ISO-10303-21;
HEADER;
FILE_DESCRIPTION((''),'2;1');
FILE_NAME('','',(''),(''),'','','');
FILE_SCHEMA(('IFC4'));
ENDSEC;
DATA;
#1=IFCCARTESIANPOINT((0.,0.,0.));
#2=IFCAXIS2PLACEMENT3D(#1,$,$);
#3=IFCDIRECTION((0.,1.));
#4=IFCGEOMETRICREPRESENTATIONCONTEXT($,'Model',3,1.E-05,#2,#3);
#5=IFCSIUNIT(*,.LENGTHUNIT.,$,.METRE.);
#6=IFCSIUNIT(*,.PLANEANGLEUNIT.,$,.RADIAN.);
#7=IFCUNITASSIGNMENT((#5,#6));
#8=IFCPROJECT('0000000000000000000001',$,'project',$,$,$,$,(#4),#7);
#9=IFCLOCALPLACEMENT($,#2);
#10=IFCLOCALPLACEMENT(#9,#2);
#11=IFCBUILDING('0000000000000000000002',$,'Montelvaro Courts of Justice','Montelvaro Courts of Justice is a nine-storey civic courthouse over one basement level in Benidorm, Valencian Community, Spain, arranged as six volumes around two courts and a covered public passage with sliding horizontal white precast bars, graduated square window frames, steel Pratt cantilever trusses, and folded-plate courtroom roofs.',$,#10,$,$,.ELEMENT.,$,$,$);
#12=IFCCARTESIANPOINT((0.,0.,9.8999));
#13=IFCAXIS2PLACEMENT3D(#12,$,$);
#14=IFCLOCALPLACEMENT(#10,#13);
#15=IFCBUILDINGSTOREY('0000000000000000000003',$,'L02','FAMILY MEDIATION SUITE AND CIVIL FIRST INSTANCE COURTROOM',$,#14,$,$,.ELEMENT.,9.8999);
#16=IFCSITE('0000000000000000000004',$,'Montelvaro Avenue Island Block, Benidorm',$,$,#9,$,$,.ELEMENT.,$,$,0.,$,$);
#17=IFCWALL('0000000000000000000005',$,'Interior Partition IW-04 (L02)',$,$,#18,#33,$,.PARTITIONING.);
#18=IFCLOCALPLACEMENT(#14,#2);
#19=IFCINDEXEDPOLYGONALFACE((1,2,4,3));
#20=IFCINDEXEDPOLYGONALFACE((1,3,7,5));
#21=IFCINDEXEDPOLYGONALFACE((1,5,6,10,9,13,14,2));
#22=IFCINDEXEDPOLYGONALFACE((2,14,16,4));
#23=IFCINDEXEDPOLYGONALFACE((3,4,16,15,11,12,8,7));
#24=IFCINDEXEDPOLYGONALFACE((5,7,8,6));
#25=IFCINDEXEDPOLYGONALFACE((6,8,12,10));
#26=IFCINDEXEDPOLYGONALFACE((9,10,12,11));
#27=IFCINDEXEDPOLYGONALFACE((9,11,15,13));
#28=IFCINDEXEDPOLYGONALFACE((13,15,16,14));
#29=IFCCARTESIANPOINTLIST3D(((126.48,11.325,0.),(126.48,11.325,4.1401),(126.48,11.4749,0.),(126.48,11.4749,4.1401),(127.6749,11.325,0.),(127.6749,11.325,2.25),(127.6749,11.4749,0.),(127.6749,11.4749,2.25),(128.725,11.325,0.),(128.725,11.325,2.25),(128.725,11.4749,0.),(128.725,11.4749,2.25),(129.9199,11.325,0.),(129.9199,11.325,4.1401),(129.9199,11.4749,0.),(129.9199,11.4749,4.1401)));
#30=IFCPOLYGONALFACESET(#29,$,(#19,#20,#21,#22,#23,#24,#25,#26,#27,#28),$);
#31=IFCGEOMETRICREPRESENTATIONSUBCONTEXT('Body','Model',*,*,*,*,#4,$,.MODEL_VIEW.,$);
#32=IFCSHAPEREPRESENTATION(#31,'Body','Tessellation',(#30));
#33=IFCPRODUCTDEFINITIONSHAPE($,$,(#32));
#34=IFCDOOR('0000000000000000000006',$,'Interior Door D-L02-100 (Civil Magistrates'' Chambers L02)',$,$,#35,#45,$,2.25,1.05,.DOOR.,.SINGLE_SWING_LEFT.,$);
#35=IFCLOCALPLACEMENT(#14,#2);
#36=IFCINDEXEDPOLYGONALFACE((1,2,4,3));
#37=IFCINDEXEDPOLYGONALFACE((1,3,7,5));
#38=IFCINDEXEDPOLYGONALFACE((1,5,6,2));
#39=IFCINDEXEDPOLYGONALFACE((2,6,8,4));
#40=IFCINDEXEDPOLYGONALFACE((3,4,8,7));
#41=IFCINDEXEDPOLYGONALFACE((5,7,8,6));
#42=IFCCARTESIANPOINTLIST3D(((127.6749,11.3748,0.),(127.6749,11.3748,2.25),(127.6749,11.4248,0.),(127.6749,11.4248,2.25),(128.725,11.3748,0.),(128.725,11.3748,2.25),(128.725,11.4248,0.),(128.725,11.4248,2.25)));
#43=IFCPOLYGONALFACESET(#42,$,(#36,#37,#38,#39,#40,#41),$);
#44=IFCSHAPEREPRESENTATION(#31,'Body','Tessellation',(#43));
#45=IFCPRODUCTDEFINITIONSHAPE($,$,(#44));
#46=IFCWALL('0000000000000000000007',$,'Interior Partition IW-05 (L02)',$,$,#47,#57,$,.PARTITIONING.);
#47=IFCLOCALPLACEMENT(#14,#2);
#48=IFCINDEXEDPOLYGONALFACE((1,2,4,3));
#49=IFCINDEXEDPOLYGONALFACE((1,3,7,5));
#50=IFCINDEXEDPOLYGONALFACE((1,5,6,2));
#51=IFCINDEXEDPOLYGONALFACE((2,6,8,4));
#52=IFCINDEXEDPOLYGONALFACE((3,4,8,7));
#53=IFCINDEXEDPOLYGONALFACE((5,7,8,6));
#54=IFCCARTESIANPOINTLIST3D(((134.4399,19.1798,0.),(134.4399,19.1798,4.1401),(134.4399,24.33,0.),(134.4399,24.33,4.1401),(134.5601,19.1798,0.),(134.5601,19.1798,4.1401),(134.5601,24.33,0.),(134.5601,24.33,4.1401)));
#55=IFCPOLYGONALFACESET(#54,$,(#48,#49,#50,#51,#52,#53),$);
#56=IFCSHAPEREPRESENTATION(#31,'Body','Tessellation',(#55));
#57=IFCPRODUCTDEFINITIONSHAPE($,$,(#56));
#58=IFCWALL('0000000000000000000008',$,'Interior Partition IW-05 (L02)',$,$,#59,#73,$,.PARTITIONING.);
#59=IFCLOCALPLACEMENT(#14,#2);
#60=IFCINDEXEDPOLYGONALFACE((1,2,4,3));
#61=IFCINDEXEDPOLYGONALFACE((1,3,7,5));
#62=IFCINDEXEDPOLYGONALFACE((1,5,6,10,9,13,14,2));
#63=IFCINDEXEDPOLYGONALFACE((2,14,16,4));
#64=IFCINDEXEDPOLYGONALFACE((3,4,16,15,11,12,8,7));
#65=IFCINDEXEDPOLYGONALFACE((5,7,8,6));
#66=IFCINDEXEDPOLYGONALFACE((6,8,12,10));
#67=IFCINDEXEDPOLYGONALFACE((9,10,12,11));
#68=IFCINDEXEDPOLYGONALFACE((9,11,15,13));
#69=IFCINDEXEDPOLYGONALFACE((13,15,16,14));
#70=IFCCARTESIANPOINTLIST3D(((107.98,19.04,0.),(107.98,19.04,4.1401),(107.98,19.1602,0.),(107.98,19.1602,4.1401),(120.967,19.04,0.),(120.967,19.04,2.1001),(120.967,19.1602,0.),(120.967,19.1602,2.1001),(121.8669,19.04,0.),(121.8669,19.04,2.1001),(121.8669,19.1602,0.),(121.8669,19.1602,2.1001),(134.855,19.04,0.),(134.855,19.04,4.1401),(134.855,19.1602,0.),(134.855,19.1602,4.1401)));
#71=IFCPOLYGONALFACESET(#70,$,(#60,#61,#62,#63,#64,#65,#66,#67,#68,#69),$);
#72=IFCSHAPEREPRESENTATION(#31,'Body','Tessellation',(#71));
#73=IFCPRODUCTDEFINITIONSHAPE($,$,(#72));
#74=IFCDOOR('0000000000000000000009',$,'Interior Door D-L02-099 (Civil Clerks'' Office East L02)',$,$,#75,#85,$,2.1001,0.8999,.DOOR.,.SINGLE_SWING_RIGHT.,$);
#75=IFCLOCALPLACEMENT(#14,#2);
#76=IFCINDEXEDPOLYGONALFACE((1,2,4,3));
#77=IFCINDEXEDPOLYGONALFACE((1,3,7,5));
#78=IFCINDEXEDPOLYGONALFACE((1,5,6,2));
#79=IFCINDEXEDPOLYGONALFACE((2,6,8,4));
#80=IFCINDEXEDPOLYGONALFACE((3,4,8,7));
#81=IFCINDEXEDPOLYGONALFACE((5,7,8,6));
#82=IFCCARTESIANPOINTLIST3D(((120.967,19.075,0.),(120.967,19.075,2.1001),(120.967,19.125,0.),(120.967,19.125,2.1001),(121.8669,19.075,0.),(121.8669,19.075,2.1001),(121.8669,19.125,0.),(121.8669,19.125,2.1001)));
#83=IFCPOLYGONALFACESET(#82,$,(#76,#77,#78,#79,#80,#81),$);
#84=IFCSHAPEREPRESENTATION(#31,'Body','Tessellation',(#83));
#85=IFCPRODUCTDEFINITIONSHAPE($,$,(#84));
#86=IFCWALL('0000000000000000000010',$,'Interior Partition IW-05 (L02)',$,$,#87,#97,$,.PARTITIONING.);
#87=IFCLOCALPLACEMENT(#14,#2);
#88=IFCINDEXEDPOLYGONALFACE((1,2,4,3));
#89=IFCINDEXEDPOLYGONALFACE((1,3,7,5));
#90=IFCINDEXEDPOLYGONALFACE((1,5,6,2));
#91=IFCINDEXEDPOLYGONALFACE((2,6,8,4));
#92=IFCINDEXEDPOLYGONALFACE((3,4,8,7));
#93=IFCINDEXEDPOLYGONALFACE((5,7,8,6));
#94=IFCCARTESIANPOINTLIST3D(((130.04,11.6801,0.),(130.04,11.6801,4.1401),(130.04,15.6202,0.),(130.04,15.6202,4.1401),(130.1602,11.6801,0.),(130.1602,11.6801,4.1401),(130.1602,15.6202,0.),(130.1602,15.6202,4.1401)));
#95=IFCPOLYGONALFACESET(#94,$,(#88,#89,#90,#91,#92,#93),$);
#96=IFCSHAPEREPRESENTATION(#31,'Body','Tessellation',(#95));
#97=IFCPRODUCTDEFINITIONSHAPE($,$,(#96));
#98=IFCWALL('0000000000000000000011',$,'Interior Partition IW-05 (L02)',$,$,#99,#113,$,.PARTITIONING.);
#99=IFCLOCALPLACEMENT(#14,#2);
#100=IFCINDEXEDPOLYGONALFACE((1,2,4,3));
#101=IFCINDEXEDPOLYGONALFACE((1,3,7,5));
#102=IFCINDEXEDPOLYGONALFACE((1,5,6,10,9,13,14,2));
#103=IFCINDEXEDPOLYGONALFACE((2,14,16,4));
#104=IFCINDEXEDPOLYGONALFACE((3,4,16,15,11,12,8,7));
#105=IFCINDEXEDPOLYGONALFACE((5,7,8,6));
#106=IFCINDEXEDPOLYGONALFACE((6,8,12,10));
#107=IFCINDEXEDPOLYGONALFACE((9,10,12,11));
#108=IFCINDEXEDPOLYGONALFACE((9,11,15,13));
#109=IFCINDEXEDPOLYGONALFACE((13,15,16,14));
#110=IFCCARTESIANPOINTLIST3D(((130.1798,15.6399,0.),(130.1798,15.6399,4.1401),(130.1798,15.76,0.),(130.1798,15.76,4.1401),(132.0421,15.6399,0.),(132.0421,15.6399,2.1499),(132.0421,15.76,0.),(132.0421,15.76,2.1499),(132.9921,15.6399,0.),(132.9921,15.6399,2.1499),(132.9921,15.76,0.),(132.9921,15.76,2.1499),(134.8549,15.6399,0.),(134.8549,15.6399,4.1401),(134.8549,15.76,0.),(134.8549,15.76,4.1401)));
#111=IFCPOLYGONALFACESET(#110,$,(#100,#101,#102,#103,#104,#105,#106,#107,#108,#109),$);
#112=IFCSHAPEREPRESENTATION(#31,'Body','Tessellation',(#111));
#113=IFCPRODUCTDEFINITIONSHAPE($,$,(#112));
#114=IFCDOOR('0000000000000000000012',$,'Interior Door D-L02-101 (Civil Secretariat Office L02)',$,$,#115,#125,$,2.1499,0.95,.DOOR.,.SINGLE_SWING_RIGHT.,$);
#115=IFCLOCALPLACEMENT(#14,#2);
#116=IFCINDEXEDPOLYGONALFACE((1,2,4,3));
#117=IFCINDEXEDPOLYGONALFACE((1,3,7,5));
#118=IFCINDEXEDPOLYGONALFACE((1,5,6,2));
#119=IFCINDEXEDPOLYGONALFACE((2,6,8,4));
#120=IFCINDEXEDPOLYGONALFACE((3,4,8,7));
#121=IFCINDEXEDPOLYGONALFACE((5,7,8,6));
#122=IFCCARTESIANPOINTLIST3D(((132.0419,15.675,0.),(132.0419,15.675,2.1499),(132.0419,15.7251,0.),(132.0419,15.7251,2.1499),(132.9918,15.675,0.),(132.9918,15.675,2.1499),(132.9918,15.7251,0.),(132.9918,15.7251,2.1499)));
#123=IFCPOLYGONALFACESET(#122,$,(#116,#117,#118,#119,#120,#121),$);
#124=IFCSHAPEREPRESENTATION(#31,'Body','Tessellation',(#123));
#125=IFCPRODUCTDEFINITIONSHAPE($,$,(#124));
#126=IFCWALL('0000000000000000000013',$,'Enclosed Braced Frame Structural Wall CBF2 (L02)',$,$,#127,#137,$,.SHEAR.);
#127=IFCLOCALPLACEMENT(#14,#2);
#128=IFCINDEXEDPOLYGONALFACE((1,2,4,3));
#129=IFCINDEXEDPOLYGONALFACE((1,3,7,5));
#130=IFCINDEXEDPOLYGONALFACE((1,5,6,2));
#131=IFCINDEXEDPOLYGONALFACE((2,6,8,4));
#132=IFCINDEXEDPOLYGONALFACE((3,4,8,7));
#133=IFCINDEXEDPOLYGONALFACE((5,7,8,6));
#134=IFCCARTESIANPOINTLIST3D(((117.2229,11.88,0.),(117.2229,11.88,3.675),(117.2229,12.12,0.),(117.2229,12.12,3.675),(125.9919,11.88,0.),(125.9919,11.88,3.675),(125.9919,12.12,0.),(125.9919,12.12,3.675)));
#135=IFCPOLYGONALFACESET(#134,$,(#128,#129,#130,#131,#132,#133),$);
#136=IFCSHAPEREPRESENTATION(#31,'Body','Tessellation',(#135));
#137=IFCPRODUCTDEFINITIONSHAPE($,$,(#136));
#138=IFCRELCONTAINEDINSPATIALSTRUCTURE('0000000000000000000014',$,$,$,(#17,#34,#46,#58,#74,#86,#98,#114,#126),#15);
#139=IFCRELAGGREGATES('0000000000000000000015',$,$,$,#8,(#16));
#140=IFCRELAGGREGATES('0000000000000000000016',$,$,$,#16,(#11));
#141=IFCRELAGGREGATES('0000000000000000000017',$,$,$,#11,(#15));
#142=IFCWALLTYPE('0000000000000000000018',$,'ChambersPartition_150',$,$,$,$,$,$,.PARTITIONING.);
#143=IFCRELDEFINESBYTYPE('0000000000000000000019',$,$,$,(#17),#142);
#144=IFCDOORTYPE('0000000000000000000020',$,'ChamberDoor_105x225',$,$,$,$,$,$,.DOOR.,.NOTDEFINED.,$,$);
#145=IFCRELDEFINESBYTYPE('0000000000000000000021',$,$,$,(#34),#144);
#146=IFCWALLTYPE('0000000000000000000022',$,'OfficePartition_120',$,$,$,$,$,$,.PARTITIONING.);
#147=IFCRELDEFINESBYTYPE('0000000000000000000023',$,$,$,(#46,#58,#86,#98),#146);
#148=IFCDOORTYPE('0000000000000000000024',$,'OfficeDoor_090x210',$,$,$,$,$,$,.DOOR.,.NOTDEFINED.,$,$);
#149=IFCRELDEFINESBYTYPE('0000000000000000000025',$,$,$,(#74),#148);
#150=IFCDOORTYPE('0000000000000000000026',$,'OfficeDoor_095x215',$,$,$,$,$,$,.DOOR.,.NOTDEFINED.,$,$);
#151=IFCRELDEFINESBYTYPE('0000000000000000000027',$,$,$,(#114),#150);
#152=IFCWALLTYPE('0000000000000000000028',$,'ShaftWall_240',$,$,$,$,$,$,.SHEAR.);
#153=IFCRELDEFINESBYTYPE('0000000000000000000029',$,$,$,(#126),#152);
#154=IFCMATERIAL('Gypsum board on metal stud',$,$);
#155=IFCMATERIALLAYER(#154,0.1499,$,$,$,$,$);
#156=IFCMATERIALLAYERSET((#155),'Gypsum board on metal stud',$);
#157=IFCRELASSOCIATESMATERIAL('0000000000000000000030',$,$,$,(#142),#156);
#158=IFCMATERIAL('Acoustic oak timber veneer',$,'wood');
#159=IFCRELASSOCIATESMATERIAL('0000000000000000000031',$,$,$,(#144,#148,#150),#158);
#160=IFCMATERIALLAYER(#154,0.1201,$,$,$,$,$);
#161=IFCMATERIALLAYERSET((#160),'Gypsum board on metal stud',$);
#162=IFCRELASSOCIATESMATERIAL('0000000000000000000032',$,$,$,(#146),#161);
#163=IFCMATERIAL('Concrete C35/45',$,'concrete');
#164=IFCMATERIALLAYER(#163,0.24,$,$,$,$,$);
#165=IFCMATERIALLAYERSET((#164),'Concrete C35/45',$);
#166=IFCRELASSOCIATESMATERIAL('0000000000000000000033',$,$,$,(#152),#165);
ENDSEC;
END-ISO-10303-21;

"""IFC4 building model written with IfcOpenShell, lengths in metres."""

from ifc_helpers import new_model, si_unit, direction, frame, frame_2d, origin, place, context, subcontext, project, spatial, rectangle, extrude, material, layer, layer_set, type_object, element, fill, save


model = new_model("IFC4")

# Units and contexts
model_context = context("Model", 3, precision=1e-05, world=origin(), true_north=direction((0.0, 1.0)))
body_context = subcontext(model_context, "Body", "Model", "MODEL_VIEW")
ifc_project = project(units=[si_unit("LENGTHUNIT", "METRE"), si_unit("PLANEANGLEUNIT", "RADIAN")], contexts=[model_context])

# Site, building, storey
site_placement = place(None, origin())
site = spatial("IfcSite", under=ifc_project, at=site_placement, Name="Montelvaro Avenue Island Block, Benidorm", CompositionType="ELEMENT", RefElevation=0.0)
building_placement = place(site_placement, origin())
building = spatial("IfcBuilding", under=site, at=building_placement, Name="Montelvaro Courts of Justice", Description="Montelvaro Courts of Justice is a nine-storey civic courthouse over one basement level in Benidorm, Valencian Community, Spain, arranged as six volumes around two courts and a covered public passage with sliding horizontal white precast bars, graduated square window frames, steel Pratt cantilever trusses, and folded-plate courtroom roofs.", CompositionType="ELEMENT")
storey_placement = place(building_placement, frame((0.0, 0.0, 9.8999)))
storey = spatial("IfcBuildingStorey", under=building, at=storey_placement, Name="L02", Description="FAMILY MEDIATION SUITE AND CIVIL FIRST INSTANCE COURTROOM", CompositionType="ELEMENT", Elevation=9.8999)

# Shared definitions
ifc_material_1 = material(Name="Gypsum board on metal stud")
ifc_layer_1 = layer(ifc_material_1, 0.1499)
ifc_layer_set_1 = layer_set([ifc_layer_1], Name="Gypsum board on metal stud")
wall_type_1 = type_object("IfcWallType", Name="ChambersPartition_150", PredefinedType="PARTITIONING", material=ifc_layer_set_1)

# Wall, opening, door
wall_1_placement = place(storey_placement, frame((126.48, 11.3999, 0.0), z_axis=(0.0, 0.0, 1.0), x_axis=(1.0, 0.0, 0.0)))
wall_1 = element("IfcWall", 1, at=wall_1_placement, inside=storey, type_object=wall_type_1, Name="Interior Partition IW-04 (L02)", PredefinedType="PARTITIONING", context=body_context, shape_type="SweptSolid", body=[
    extrude(rectangle(XDim=3.4399, YDim=0.1499, at=frame_2d((1.72, 0.0))), origin(), (0.0, 0.0, 1.0), 4.1401),
])
opening_1_placement = place(wall_1_placement, frame((1.1951, 0.0, 0.0)))
opening_1 = element("IfcOpeningElement", 2, at=opening_1_placement, cuts=wall_1, PredefinedType="OPENING", context=body_context, shape_type="SweptSolid", body=[
    extrude(rectangle(XDim=1.05, YDim=2.25, at=frame_2d((0.5249, 1.125))), frame((0.0, 0.0898, 0.0), z_axis=(0.0, -1.0, 0.0), x_axis=(1.0, 0.0, 0.0)), (0.0, 0.0, 1.0), 0.1797),
])
ifc_material_2 = material(Name="Acoustic oak timber veneer", Category="wood")
door_type_1 = type_object("IfcDoorType", Name="ChamberDoor_105x225", OperationType="NOTDEFINED", PredefinedType="DOOR", material=ifc_material_2)
door_1_placement = place(opening_1_placement, origin())
door_1 = element("IfcDoor", 3, at=door_1_placement, inside=storey, type_object=door_type_1, Name="Interior Door D-L02-100 (Civil Magistrates' Chambers L02)", OperationType="SINGLE_SWING_LEFT", OverallHeight=2.25, OverallWidth=1.05, PredefinedType="DOOR", context=body_context, shape_type="SweptSolid", body=[
    extrude(rectangle(XDim=1.05, YDim=2.25, at=frame_2d((0.5249, 1.125))), frame((0.0, 0.0249, 0.0), z_axis=(0.0, -1.0, 0.0), x_axis=(1.0, 0.0, 0.0)), (0.0, 0.0, 1.0), 0.05),
])
fill(opening_1, door_1)

# Wall
ifc_layer_2 = layer(ifc_material_1, 0.1201)
ifc_layer_set_2 = layer_set([ifc_layer_2], Name="Gypsum board on metal stud")
wall_type_2 = type_object("IfcWallType", Name="OfficePartition_120", PredefinedType="PARTITIONING", material=ifc_layer_set_2)
wall_2_placement = place(storey_placement, frame((134.5, 24.3301, 0.0), z_axis=(0.0, 0.0, 1.0), x_axis=(0.0, -1.0, 0.0)))
element("IfcWall", 4, at=wall_2_placement, inside=storey, type_object=wall_type_2, Name="Interior Partition IW-05 (L02)", PredefinedType="PARTITIONING", context=body_context, shape_type="SweptSolid", body=[
    extrude(rectangle(XDim=5.1501, YDim=0.1201, at=frame_2d((2.5752, 0.0))), origin(), (0.0, 0.0, 1.0), 4.1401),
])

# Wall, opening, door
wall_3_placement = place(storey_placement, frame((134.855, 19.1001, 0.0), z_axis=(0.0, 0.0, 1.0), x_axis=(-1.0, 0.0, 0.0)))
wall_3 = element("IfcWall", 5, at=wall_3_placement, inside=storey, type_object=wall_type_2, Name="Interior Partition IW-05 (L02)", PredefinedType="PARTITIONING", context=body_context, shape_type="SweptSolid", body=[
    extrude(rectangle(XDim=26.875, YDim=0.1201, at=frame_2d((13.4375, 0.0))), origin(), (0.0, 0.0, 1.0), 4.1401),
])
opening_2_placement = place(wall_3_placement, frame((12.988, 0.0, 0.0)))
opening_2 = element("IfcOpeningElement", 6, at=opening_2_placement, cuts=wall_3, PredefinedType="OPENING", context=body_context, shape_type="SweptSolid", body=[
    extrude(rectangle(XDim=0.8999, YDim=2.1001, at=frame_2d((0.45, 1.05))), frame((0.0, 0.075, 0.0), z_axis=(0.0, -1.0, 0.0), x_axis=(1.0, 0.0, 0.0)), (0.0, 0.0, 1.0), 0.1499),
])
door_type_2 = type_object("IfcDoorType", Name="OfficeDoor_090x210", OperationType="NOTDEFINED", PredefinedType="DOOR", material=ifc_material_2)
door_2_placement = place(opening_2_placement, frame((0.8999, 0.0, 0.0), z_axis=(0.0, 0.0, 1.0), x_axis=(-1.0, 0.0, 0.0)))
door_2 = element("IfcDoor", 7, at=door_2_placement, inside=storey, type_object=door_type_2, Name="Interior Door D-L02-099 (Civil Clerks' Office East L02)", OperationType="SINGLE_SWING_RIGHT", OverallHeight=2.1001, OverallWidth=0.8999, PredefinedType="DOOR", context=body_context, shape_type="SweptSolid", body=[
    extrude(rectangle(XDim=0.8999, YDim=2.1001, at=frame_2d((0.45, 1.05))), frame((0.0, 0.0249, 0.0), z_axis=(0.0, -1.0, 0.0), x_axis=(1.0, 0.0, 0.0)), (0.0, 0.0, 1.0), 0.05),
])
fill(opening_2, door_2)

# Wall
wall_4_placement = place(storey_placement, frame((130.1001, 11.6799, 0.0), z_axis=(0.0, 0.0, 1.0), x_axis=(0.0, 1.0, 0.0)))
element("IfcWall", 8, at=wall_4_placement, inside=storey, type_object=wall_type_2, Name="Interior Partition IW-05 (L02)", PredefinedType="PARTITIONING", context=body_context, shape_type="SweptSolid", body=[
    extrude(rectangle(XDim=3.9402, YDim=0.1201, at=frame_2d((1.9702, 0.0))), origin(), (0.0, 0.0, 1.0), 4.1401),
])

# Wall, opening, door
wall_5_placement = place(storey_placement, frame((130.1799, 15.7, 0.0), z_axis=(0.0, 0.0, 1.0), x_axis=(1.0, 0.0, 0.0)))
wall_5 = element("IfcWall", 9, at=wall_5_placement, inside=storey, type_object=wall_type_2, Name="Interior Partition IW-05 (L02)", PredefinedType="PARTITIONING", context=body_context, shape_type="SweptSolid", body=[
    extrude(rectangle(XDim=4.675, YDim=0.1201, at=frame_2d((2.3374, 0.0))), origin(), (0.0, 0.0, 1.0), 4.1401),
])
opening_3_placement = place(wall_5_placement, frame((1.8621, 0.0, 0.0)))
opening_3 = element("IfcOpeningElement", 10, at=opening_3_placement, cuts=wall_5, PredefinedType="OPENING", context=body_context, shape_type="SweptSolid", body=[
    extrude(rectangle(XDim=0.95, YDim=2.1499, at=frame_2d((0.4751, 1.075))), frame((0.0, 0.075, 0.0), z_axis=(0.0, -1.0, 0.0), x_axis=(1.0, 0.0, 0.0)), (0.0, 0.0, 1.0), 0.1499),
])
door_type_3 = type_object("IfcDoorType", Name="OfficeDoor_095x215", OperationType="NOTDEFINED", PredefinedType="DOOR", material=ifc_material_2)
door_3_placement = place(opening_3_placement, frame((0.95, 0.0, 0.0), z_axis=(0.0, 0.0, 1.0), x_axis=(-1.0, 0.0, 0.0)))
door_3 = element("IfcDoor", 11, at=door_3_placement, inside=storey, type_object=door_type_3, Name="Interior Door D-L02-101 (Civil Secretariat Office L02)", OperationType="SINGLE_SWING_RIGHT", OverallHeight=2.1499, OverallWidth=0.95, PredefinedType="DOOR", context=body_context, shape_type="SweptSolid", body=[
    extrude(rectangle(XDim=0.95, YDim=2.1499, at=frame_2d((0.4751, 1.075))), frame((0.0, 0.0249, 0.0), z_axis=(0.0, -1.0, 0.0), x_axis=(1.0, 0.0, 0.0)), (0.0, 0.0, 1.0), 0.05),
])
fill(opening_3, door_3)

# Wall
ifc_material_3 = material(Name="Concrete C35/45", Category="concrete")
ifc_layer_3 = layer(ifc_material_3, 0.24)
ifc_layer_set_3 = layer_set([ifc_layer_3], Name="Concrete C35/45")
wall_type_3 = type_object("IfcWallType", Name="ShaftWall_240", PredefinedType="SHEAR", material=ifc_layer_set_3)
wall_6_placement = place(storey_placement, frame((117.2229, 12.0, 0.0), z_axis=(0.0, 0.0, 1.0), x_axis=(1.0, 0.0, 0.0)))
element("IfcWall", 12, at=wall_6_placement, inside=storey, type_object=wall_type_3, Name="Enclosed Braced Frame Structural Wall CBF2 (L02)", PredefinedType="SHEAR", context=body_context, shape_type="SweptSolid", body=[
    extrude(rectangle(XDim=8.769, YDim=0.24, at=frame_2d((4.3845, 0.0))), origin(), (0.0, 0.0, 1.0), 3.675),
])

save(model, "model.ifc")
